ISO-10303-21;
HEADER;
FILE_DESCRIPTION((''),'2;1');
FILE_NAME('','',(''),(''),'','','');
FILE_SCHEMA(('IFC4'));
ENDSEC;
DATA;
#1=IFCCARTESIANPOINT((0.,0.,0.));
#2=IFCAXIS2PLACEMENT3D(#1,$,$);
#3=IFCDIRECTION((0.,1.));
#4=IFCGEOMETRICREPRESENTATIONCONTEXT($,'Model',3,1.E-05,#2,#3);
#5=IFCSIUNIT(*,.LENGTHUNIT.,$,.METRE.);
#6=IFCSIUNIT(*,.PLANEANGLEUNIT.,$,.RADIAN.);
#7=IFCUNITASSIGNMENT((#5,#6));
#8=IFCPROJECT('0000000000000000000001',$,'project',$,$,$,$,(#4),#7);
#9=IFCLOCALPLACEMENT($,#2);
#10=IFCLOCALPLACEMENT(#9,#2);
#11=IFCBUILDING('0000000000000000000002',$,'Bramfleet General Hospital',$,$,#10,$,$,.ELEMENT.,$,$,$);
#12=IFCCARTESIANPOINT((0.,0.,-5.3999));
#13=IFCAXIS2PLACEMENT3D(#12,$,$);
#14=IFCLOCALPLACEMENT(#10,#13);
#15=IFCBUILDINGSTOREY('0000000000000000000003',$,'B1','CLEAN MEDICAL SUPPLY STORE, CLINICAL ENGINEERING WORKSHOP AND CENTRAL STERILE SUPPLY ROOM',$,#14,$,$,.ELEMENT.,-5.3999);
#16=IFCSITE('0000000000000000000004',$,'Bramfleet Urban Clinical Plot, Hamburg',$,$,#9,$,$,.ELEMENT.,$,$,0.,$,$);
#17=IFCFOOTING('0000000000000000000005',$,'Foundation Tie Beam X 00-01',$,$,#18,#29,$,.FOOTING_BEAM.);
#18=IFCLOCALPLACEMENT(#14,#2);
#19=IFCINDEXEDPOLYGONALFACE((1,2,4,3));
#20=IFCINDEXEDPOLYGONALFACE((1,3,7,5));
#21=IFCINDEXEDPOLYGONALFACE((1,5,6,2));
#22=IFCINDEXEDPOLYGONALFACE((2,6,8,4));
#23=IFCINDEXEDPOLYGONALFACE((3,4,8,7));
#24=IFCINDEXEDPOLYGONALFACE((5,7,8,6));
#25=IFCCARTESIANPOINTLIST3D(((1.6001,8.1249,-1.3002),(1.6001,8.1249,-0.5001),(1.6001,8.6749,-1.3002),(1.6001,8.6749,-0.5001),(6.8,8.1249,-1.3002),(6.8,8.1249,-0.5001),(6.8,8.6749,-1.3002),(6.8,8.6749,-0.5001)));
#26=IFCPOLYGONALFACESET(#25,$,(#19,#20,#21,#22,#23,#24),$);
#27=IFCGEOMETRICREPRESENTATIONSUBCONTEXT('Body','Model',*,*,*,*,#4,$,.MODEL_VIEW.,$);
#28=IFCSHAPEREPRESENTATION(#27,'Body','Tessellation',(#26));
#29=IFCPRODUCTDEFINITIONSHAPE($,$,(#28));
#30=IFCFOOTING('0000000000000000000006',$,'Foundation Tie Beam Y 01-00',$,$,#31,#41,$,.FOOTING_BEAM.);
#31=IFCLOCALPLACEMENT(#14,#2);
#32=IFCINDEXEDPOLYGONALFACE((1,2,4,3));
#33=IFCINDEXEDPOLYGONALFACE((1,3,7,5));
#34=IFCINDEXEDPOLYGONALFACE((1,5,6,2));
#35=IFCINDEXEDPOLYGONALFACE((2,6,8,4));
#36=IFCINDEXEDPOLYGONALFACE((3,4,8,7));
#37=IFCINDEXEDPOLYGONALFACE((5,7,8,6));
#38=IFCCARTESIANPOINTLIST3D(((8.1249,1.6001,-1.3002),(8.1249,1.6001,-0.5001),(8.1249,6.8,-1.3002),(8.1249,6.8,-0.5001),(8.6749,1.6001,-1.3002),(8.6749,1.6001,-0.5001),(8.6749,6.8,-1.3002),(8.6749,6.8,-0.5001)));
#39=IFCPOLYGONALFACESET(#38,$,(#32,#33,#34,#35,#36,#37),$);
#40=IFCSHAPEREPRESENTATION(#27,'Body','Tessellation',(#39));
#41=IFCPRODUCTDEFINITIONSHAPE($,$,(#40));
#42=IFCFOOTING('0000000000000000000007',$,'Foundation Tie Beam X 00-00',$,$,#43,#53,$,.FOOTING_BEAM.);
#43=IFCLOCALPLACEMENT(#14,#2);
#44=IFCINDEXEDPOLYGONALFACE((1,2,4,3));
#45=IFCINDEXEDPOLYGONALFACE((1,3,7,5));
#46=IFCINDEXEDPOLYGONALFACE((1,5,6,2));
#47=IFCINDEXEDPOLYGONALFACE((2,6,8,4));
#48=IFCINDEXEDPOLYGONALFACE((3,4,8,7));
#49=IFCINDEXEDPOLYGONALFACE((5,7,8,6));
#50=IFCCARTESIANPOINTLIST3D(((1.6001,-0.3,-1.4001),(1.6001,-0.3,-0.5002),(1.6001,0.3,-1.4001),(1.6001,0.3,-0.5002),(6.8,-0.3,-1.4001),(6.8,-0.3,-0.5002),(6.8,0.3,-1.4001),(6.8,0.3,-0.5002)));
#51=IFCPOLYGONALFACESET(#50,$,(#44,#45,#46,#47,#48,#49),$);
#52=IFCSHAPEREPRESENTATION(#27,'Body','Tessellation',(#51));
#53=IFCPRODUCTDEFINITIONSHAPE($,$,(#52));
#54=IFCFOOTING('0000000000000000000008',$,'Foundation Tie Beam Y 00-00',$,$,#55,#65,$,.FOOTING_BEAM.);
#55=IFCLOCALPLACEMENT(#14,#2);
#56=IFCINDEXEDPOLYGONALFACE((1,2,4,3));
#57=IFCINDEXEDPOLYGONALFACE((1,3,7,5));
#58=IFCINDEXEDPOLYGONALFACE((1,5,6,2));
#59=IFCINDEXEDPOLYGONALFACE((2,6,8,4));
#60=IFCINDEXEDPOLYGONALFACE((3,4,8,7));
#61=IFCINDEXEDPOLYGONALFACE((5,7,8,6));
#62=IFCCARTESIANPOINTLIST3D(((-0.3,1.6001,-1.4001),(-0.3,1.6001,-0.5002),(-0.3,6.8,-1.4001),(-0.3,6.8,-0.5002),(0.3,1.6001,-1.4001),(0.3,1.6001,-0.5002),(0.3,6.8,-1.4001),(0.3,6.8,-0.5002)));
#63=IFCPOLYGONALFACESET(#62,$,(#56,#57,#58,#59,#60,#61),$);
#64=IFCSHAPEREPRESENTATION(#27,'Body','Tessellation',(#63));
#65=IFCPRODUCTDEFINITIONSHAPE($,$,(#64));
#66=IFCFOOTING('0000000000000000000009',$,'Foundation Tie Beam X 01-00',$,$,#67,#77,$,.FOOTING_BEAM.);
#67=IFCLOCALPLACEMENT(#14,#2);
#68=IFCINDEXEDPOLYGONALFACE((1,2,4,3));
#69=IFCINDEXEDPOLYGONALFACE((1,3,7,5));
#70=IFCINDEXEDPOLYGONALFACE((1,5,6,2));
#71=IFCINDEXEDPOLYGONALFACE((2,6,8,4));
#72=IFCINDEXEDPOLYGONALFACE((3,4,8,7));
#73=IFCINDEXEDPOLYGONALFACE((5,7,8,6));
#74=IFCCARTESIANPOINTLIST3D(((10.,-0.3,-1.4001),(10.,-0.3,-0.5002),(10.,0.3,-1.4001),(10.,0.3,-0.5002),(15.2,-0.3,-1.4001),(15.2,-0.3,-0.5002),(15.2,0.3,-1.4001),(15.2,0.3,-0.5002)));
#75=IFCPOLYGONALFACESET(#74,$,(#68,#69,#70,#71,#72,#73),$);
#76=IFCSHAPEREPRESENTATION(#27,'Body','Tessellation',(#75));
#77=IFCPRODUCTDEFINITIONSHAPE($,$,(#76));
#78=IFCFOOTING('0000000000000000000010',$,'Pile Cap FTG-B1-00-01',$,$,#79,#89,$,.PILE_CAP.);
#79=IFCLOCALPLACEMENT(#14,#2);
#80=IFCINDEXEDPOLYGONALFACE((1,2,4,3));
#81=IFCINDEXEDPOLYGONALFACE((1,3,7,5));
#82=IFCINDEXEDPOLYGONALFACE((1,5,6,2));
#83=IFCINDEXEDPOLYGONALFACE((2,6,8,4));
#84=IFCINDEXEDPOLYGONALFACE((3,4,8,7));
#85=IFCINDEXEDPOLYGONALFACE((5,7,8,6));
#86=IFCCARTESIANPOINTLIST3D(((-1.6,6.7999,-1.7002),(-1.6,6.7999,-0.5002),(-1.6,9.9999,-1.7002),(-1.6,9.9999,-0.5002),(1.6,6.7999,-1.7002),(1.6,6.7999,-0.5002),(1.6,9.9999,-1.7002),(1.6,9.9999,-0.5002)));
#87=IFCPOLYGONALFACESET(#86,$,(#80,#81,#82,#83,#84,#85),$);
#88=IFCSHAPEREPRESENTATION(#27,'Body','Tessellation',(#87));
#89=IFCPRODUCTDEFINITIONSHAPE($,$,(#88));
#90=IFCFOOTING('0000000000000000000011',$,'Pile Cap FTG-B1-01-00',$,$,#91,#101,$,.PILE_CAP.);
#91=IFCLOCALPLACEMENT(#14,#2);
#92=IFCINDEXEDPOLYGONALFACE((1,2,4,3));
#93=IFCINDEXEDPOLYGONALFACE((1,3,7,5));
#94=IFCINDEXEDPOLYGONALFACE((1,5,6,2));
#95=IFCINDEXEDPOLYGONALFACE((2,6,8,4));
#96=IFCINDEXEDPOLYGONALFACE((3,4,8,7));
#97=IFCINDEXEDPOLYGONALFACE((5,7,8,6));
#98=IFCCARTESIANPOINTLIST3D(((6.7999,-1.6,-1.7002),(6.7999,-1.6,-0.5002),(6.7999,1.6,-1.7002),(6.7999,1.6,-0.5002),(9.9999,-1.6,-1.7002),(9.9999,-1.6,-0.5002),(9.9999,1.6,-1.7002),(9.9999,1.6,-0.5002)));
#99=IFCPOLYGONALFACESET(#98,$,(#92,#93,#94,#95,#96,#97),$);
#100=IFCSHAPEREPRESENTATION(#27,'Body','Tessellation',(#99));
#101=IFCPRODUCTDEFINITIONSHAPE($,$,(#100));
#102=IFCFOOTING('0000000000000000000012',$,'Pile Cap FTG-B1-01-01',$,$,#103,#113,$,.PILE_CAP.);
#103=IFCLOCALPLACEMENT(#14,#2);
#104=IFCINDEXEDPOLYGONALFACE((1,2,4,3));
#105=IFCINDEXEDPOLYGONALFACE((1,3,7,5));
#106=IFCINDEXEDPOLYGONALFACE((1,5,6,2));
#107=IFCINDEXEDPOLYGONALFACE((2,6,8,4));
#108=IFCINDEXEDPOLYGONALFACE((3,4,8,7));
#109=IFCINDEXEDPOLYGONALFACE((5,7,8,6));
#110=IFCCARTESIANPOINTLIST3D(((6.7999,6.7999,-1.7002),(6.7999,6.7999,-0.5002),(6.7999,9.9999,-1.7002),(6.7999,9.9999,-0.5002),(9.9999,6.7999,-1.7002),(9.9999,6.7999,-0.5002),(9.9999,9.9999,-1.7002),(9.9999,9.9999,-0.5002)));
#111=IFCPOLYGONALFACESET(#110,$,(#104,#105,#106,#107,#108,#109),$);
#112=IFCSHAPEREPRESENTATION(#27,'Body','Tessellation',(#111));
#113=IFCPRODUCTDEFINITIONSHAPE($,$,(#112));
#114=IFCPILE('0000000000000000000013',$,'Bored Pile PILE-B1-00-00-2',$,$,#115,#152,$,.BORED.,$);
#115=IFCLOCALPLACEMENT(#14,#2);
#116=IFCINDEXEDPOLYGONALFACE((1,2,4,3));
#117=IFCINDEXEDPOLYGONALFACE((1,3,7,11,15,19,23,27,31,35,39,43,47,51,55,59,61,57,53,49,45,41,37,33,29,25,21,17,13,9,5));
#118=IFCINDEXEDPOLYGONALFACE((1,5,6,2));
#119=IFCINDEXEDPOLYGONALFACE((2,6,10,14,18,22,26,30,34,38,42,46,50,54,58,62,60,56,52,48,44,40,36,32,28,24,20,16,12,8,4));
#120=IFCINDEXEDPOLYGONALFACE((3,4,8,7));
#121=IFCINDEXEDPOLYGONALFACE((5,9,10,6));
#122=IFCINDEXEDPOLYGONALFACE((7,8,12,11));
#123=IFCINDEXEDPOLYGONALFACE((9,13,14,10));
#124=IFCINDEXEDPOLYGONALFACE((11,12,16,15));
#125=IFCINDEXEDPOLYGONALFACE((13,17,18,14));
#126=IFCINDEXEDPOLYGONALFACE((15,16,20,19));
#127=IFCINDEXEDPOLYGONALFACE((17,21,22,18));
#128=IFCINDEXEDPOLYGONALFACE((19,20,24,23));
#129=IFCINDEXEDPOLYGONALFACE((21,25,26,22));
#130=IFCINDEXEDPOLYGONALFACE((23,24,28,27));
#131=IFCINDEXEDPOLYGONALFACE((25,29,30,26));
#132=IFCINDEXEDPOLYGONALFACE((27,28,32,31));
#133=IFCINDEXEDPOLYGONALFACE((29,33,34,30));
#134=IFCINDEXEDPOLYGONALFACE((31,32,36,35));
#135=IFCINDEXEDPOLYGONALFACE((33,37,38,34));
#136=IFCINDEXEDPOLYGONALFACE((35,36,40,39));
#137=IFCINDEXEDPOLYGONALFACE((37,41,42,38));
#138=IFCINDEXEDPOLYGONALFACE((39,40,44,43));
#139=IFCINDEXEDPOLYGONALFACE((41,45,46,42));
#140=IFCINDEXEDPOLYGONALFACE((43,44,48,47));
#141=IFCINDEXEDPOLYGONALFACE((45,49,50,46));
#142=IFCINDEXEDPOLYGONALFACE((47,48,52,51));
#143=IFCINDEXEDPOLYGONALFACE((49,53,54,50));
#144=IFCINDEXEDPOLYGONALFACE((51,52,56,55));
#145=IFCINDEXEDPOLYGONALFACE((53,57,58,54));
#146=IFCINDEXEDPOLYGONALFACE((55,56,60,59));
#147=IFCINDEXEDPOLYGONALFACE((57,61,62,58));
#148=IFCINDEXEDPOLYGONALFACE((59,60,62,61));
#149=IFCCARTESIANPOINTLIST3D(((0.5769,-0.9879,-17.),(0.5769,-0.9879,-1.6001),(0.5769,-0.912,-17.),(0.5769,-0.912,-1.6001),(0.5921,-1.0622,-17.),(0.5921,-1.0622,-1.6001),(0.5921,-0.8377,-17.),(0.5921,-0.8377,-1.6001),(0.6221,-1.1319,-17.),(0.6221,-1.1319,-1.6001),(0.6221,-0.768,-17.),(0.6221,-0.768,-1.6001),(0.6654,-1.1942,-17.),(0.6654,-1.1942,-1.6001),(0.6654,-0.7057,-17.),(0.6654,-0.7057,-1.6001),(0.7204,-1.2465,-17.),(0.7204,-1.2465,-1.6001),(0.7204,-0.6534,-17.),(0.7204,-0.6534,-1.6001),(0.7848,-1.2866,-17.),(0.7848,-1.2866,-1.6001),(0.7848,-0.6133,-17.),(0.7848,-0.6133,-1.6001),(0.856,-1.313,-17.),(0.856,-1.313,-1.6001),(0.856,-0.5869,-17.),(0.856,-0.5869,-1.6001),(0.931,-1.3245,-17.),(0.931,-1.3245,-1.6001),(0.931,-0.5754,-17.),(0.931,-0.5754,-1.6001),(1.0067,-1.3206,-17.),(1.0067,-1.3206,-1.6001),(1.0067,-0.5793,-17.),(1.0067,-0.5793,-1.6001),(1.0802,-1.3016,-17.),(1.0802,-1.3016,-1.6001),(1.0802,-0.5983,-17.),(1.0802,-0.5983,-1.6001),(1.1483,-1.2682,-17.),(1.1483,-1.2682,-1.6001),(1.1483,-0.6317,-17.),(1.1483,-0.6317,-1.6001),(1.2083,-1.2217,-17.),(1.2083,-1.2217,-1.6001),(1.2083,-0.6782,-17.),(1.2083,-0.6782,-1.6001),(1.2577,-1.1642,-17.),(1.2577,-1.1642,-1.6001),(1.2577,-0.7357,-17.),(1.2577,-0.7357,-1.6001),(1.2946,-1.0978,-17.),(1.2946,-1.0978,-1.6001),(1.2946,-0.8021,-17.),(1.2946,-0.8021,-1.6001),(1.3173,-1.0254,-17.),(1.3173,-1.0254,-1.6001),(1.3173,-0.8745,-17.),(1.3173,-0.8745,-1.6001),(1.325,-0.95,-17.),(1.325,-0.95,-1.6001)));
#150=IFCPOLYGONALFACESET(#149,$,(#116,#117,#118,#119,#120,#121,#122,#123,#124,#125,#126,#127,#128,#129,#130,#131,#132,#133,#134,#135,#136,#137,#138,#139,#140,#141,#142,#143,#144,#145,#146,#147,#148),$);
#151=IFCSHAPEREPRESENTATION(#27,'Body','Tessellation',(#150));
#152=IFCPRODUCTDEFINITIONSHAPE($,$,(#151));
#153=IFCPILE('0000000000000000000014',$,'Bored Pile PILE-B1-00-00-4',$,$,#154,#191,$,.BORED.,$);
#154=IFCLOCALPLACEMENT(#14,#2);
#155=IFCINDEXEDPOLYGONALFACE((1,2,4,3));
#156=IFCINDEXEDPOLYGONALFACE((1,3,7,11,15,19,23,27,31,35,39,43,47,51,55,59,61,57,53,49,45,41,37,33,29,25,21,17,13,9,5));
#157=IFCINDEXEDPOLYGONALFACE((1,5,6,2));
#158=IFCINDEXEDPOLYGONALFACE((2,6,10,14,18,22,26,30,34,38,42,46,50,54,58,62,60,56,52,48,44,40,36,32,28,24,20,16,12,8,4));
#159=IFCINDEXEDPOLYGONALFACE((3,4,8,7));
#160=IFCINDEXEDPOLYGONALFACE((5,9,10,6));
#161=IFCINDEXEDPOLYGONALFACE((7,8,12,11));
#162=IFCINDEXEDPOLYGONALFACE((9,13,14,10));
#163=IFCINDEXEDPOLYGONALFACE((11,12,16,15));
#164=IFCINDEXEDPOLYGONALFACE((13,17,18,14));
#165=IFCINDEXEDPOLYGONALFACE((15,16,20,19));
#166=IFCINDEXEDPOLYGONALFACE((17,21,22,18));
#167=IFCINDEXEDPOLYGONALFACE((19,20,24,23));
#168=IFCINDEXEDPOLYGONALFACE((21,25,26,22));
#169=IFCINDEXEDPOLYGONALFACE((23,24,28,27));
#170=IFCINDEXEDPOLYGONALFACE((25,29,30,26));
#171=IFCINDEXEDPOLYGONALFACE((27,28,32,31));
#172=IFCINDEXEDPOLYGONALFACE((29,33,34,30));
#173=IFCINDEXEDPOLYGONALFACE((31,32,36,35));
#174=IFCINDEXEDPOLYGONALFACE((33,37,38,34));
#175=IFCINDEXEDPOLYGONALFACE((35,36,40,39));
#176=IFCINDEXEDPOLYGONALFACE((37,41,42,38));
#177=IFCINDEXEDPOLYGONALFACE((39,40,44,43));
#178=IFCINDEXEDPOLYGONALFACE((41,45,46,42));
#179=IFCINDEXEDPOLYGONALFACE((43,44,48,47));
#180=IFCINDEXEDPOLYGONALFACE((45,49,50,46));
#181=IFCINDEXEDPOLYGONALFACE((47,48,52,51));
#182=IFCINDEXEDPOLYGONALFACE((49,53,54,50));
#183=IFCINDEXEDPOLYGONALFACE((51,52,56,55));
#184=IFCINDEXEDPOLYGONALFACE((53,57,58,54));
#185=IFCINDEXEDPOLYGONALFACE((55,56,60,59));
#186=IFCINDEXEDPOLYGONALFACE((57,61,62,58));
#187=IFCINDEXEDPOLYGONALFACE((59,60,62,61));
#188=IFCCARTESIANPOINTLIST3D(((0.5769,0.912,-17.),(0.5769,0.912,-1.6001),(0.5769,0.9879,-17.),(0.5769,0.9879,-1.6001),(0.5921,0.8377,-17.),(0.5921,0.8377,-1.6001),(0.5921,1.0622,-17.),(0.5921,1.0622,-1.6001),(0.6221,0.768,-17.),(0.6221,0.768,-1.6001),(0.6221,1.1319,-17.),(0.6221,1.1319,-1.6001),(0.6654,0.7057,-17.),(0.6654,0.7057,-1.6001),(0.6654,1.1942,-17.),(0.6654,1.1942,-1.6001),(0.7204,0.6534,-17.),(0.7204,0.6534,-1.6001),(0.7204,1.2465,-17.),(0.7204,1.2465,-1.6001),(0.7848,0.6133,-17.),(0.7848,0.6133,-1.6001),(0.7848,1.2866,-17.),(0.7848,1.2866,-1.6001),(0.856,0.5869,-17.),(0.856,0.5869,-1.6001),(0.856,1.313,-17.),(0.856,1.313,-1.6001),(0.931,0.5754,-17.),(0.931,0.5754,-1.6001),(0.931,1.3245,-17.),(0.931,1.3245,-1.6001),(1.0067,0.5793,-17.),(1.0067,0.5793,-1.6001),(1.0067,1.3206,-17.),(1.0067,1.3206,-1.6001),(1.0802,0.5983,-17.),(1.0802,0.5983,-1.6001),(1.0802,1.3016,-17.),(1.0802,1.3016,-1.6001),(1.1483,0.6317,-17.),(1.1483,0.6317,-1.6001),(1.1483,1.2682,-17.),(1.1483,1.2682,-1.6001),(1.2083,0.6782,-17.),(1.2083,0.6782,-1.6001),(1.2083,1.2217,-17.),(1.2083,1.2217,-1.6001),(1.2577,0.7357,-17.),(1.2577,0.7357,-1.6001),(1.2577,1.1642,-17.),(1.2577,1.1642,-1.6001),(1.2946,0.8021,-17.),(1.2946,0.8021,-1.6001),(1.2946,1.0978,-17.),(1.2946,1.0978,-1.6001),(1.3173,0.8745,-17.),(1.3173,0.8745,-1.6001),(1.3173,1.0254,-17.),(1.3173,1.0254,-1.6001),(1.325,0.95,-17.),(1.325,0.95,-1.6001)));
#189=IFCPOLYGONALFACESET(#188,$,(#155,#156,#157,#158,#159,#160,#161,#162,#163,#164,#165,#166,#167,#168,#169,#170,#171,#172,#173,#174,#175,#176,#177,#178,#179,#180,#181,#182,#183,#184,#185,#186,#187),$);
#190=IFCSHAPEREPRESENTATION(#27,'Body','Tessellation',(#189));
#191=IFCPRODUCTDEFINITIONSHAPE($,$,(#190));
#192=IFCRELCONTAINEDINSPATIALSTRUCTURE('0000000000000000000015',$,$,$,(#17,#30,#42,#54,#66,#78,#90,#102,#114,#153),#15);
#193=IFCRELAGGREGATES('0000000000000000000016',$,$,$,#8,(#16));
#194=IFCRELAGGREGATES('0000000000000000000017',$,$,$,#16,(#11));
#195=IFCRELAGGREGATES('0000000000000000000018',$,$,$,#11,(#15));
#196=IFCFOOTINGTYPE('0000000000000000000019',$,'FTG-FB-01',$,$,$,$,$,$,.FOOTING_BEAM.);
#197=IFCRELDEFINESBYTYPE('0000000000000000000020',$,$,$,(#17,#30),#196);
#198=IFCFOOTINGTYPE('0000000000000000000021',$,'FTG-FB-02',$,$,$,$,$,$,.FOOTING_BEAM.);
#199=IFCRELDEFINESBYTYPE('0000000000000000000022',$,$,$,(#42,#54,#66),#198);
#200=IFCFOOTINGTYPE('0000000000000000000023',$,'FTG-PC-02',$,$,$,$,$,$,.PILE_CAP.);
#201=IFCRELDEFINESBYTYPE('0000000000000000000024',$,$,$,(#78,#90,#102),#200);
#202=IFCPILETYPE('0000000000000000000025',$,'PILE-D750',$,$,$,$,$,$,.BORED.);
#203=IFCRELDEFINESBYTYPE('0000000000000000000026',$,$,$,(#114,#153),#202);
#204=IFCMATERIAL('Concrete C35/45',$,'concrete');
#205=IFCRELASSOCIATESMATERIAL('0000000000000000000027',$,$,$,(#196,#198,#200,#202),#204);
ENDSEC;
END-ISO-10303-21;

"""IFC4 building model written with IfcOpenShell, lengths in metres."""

from ifc_helpers import new_model, si_unit, direction, frame, origin, origin_2d, place, context, subcontext, project, spatial, rectangle, circle, extrude, material, material_profile, profile_set, type_object, element, save


model = new_model("IFC4")

# Units and contexts
model_context = context("Model", 3, precision=1e-05, world=origin(), true_north=direction((0.0, 1.0)))
body_context = subcontext(model_context, "Body", "Model", "MODEL_VIEW")
ifc_project = project(units=[si_unit("LENGTHUNIT", "METRE"), si_unit("PLANEANGLEUNIT", "RADIAN")], contexts=[model_context])

# Site, building, storey
site_placement = place(None, origin())
site = spatial("IfcSite", under=ifc_project, at=site_placement, Name="Bramfleet Urban Clinical Plot, Hamburg", CompositionType="ELEMENT", RefElevation=0.0)
building_placement = place(site_placement, origin())
building = spatial("IfcBuilding", under=site, at=building_placement, Name="Bramfleet General Hospital", CompositionType="ELEMENT")
storey_placement = place(building_placement, frame((0.0, 0.0, -5.3999)))
storey = spatial("IfcBuildingStorey", under=building, at=storey_placement, Name="B1", Description="CLEAN MEDICAL SUPPLY STORE, CLINICAL ENGINEERING WORKSHOP AND CENTRAL STERILE SUPPLY ROOM", CompositionType="ELEMENT", Elevation=-5.3999)

# Footings
ifc_material_1 = material(Name="Concrete C35/45", Category="concrete")
ifc_material_profile_1 = material_profile(ifc_material_1, rectangle(XDim=0.55, YDim=0.8, at=origin_2d()), Name="RC FB 800x550")
ifc_profile_set_1 = profile_set([ifc_material_profile_1], Name="Concrete C35/45")
footing_type_1 = type_object("IfcFootingType", Name="FTG-FB-01", PredefinedType="FOOTING_BEAM", material=ifc_profile_set_1)
for number, where, z_axis, x_axis, name in (
    (1, (1.6001, 8.3999, -0.9001), (1.0, 0.0, 0.0), (0.0, 1.0, 0.0), "Foundation Tie Beam X 00-01"),
    (2, (8.3999, 1.6001, -0.9001), (0.0, 1.0, 0.0), (-1.0, 0.0, 0.0), "Foundation Tie Beam Y 01-00"),
):
    element("IfcFooting", number, at=place(storey_placement, frame(where, z_axis=z_axis, x_axis=x_axis)), inside=storey, type_object=footing_type_1, Name=name, PredefinedType="FOOTING_BEAM", context=body_context, shape_type="SweptSolid", body=[
        extrude(rectangle(XDim=0.55, YDim=0.8, at=origin_2d()), origin(), (0.0, 0.0, 1.0), 5.2),
    ])
ifc_material_profile_2 = material_profile(ifc_material_1, rectangle(XDim=0.6001, YDim=0.8999, at=origin_2d()), Name="RC FB 900x600")
ifc_profile_set_2 = profile_set([ifc_material_profile_2], Name="Concrete C35/45")
footing_type_2 = type_object("IfcFootingType", Name="FTG-FB-02", PredefinedType="FOOTING_BEAM", material=ifc_profile_set_2)
for number, where, z_axis, x_axis, name in (
    (3, (1.6001, 0.0, -0.9502), (1.0, 0.0, 0.0), (0.0, 1.0, 0.0), "Foundation Tie Beam X 00-00"),
    (4, (0.0, 1.6001, -0.9502), (0.0, 1.0, 0.0), (-1.0, 0.0, 0.0), "Foundation Tie Beam Y 00-00"),
    (5, (10.0, 0.0, -0.9502), (1.0, 0.0, 0.0), (0.0, 1.0, 0.0), "Foundation Tie Beam X 01-00"),
):
    element("IfcFooting", number, at=place(storey_placement, frame(where, z_axis=z_axis, x_axis=x_axis)), inside=storey, type_object=footing_type_2, Name=name, PredefinedType="FOOTING_BEAM", context=body_context, shape_type="SweptSolid", body=[
        extrude(rectangle(XDim=0.6001, YDim=0.8999, at=origin_2d()), origin(), (0.0, 0.0, 1.0), 5.2),
    ])
footing_type_3 = type_object("IfcFootingType", Name="FTG-PC-02", PredefinedType="PILE_CAP", material=ifc_material_1)
for number, where, z_axis, x_axis, name in (
    (6, (0.0, 8.3999, -1.7002), (0.0, 0.0, 1.0), (1.0, 0.0, 0.0), "Pile Cap FTG-B1-00-01"),
    (7, (8.3999, 0.0, -1.7002), (0.0, 0.0, 1.0), (1.0, 0.0, 0.0), "Pile Cap FTG-B1-01-00"),
    (8, (8.3999, 8.3999, -1.7002), (0.0, 0.0, 1.0), (1.0, 0.0, 0.0), "Pile Cap FTG-B1-01-01"),
):
    element("IfcFooting", number, at=place(storey_placement, frame(where, z_axis=z_axis, x_axis=x_axis)), inside=storey, type_object=footing_type_3, Name=name, PredefinedType="PILE_CAP", context=body_context, shape_type="SweptSolid", body=[
        extrude(rectangle(XDim=3.2, YDim=3.2, at=origin_2d()), origin(), (0.0, 0.0, 1.0), 1.2),
    ])

# Piles
ifc_material_profile_3 = material_profile(ifc_material_1, circle(Radius=0.375, at=origin_2d()), Name="PILE BORED D750")
ifc_profile_set_3 = profile_set([ifc_material_profile_3], Name="Concrete C35/45")
pile_type = type_object("IfcPileType", Name="PILE-D750", PredefinedType="BORED", material=ifc_profile_set_3)
for number, where, z_axis, x_axis, name in (
    (9, (0.95, -0.95, -1.6001), (0.0, 0.0, -1.0), (1.0, 0.0, 0.0), "Bored Pile PILE-B1-00-00-2"),
    (10, (0.95, 0.95, -1.6001), (0.0, 0.0, -1.0), (1.0, 0.0, 0.0), "Bored Pile PILE-B1-00-00-4"),
):
    element("IfcPile", number, at=place(storey_placement, frame(where, z_axis=z_axis, x_axis=x_axis)), inside=storey, type_object=pile_type, Name=name, PredefinedType="BORED", context=body_context, shape_type="SweptSolid", body=[
        extrude(circle(Radius=0.375, at=origin_2d()), origin(), (0.0, 0.0, 1.0), 15.3999),
    ])

save(model, "model.ifc")
